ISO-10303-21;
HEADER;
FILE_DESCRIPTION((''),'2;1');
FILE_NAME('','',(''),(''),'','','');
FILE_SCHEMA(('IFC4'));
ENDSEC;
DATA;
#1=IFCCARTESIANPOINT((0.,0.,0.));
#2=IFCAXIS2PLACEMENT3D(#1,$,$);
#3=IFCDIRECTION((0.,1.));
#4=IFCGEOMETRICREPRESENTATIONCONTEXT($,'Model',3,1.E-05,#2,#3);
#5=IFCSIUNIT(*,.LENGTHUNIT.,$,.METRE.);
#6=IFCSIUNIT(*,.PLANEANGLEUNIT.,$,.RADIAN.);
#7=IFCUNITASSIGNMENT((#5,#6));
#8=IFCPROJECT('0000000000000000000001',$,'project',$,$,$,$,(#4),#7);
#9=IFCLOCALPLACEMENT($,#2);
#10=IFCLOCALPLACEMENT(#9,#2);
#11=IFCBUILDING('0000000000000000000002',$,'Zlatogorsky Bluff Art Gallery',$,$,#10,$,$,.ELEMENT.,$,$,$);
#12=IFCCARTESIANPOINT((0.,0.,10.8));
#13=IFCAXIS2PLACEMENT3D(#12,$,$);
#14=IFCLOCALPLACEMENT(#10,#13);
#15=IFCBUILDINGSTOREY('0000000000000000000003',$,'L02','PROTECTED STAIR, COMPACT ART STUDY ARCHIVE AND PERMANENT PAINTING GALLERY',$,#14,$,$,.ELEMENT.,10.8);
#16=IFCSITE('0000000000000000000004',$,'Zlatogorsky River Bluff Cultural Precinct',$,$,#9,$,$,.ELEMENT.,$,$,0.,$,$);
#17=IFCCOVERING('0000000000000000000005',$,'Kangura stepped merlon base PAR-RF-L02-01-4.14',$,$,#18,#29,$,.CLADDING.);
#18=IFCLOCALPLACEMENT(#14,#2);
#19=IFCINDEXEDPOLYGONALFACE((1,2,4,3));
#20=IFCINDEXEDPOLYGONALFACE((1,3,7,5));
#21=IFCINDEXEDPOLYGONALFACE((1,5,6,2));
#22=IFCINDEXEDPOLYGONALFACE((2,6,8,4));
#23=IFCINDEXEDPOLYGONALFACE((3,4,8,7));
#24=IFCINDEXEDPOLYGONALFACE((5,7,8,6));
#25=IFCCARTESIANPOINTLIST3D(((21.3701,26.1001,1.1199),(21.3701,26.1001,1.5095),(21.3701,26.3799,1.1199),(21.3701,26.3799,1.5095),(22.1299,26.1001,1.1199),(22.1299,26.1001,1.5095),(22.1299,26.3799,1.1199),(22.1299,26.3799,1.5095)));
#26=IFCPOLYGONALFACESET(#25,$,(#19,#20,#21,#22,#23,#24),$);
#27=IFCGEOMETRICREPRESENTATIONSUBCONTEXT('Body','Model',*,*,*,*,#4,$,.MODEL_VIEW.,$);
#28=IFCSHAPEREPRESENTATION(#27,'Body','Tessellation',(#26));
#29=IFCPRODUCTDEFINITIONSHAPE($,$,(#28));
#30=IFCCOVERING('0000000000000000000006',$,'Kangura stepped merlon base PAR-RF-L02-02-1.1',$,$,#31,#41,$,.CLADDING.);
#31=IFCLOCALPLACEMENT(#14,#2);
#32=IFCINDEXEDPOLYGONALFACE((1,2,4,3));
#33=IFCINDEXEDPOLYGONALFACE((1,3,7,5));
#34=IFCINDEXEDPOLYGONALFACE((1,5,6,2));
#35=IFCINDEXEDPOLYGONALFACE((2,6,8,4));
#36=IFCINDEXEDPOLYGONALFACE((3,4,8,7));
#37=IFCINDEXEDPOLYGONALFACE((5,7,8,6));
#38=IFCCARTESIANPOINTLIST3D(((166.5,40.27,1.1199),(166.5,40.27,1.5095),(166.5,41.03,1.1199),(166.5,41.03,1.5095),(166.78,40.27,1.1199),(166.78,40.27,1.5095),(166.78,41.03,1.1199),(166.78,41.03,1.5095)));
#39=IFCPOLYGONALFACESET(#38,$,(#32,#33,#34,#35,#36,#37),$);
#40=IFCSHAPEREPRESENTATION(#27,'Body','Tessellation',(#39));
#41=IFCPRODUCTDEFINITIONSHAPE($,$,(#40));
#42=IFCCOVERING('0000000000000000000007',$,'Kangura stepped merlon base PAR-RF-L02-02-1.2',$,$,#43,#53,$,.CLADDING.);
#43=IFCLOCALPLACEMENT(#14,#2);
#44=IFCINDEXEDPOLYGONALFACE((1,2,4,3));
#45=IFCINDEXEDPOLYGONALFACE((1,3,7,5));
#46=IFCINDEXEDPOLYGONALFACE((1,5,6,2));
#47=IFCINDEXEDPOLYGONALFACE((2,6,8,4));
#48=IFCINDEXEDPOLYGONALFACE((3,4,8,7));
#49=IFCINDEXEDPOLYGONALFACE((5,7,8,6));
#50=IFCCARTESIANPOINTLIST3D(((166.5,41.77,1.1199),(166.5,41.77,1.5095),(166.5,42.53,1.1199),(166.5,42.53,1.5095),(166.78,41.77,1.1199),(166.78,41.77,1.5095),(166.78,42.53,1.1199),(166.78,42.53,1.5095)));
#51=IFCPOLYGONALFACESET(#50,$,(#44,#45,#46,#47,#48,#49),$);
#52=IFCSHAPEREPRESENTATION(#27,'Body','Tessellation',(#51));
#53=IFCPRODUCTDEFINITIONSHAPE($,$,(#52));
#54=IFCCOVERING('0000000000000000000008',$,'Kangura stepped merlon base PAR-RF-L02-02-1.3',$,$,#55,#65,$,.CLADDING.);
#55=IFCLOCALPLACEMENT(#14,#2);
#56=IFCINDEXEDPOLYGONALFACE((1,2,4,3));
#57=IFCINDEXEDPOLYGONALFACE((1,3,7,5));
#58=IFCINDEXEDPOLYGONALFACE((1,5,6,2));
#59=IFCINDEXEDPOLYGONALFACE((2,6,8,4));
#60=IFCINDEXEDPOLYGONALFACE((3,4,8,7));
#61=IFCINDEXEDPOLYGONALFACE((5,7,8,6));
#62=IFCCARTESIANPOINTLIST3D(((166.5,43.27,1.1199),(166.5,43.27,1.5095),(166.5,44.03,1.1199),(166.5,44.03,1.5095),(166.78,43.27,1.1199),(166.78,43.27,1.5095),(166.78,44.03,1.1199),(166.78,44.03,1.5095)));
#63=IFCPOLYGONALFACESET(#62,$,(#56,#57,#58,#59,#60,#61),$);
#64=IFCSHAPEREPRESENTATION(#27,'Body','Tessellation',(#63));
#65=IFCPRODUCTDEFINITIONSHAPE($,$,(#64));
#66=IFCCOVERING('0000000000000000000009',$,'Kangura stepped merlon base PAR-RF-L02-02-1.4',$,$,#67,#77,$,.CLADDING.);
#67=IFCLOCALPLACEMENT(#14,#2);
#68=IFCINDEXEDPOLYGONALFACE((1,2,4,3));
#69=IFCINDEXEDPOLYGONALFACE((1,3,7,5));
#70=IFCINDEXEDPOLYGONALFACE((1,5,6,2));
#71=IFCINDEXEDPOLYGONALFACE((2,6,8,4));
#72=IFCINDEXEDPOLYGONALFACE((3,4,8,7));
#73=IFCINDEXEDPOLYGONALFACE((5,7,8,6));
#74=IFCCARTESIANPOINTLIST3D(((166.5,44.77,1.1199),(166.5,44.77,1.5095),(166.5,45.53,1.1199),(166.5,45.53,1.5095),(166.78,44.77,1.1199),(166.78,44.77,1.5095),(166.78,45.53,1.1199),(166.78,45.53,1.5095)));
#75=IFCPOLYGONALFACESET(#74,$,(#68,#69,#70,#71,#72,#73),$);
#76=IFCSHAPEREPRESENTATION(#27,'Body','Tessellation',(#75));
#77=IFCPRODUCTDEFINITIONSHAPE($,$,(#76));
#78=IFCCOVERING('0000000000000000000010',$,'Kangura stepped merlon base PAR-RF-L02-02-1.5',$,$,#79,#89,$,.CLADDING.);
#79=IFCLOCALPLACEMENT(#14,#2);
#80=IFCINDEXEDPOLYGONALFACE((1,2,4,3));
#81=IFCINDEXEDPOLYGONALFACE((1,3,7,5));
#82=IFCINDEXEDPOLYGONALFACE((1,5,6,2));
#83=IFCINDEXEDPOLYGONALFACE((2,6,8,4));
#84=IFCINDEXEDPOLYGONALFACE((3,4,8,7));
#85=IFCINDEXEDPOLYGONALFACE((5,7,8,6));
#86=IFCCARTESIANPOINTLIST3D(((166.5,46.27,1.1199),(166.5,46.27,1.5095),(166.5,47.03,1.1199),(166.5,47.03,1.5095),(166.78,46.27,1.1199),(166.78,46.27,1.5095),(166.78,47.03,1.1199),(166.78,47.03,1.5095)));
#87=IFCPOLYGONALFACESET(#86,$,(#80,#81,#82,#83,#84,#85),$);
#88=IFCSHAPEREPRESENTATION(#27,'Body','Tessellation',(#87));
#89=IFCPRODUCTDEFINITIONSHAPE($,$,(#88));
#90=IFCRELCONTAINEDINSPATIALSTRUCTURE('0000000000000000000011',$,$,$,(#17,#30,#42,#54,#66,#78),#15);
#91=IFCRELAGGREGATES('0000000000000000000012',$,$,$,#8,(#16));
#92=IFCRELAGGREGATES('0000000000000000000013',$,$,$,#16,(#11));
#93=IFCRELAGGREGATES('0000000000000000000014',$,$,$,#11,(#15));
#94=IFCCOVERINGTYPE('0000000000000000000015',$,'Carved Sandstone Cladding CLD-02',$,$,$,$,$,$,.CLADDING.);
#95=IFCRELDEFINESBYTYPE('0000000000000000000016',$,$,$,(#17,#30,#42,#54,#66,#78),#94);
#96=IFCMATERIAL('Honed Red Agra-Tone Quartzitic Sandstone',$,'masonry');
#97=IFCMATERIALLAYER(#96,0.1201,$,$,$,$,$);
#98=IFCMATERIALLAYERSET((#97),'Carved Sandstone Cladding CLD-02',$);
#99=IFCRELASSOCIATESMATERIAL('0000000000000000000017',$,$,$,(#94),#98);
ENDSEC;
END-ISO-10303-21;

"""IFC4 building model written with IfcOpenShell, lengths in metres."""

from ifc_helpers import new_model, si_unit, direction, frame, origin, place, context, subcontext, project, spatial, polyline, outline, extrude, material, layer, layer_set, type_object, element, save


model = new_model("IFC4")

# Units and contexts
model_context = context("Model", 3, precision=1e-05, world=origin(), true_north=direction((0.0, 1.0)))
body_context = subcontext(model_context, "Body", "Model", "MODEL_VIEW")
ifc_project = project(units=[si_unit("LENGTHUNIT", "METRE"), si_unit("PLANEANGLEUNIT", "RADIAN")], contexts=[model_context])

# Site, building, storey
site_placement = place(None, origin())
site = spatial("IfcSite", under=ifc_project, at=site_placement, Name="Zlatogorsky River Bluff Cultural Precinct", CompositionType="ELEMENT", RefElevation=0.0)
building_placement = place(site_placement, origin())
building = spatial("IfcBuilding", under=site, at=building_placement, Name="Zlatogorsky Bluff Art Gallery", CompositionType="ELEMENT")
storey_placement = place(building_placement, frame((0.0, 0.0, 10.8)))
storey = spatial("IfcBuildingStorey", under=building, at=storey_placement, Name="L02", Description="PROTECTED STAIR, COMPACT ART STUDY ARCHIVE AND PERMANENT PAINTING GALLERY", CompositionType="ELEMENT", Elevation=10.8)

# Coverings
ifc_material = material(Name="Honed Red Agra-Tone Quartzitic Sandstone", Category="masonry")
ifc_layer = layer(ifc_material, 0.1201)
ifc_layer_set = layer_set([ifc_layer], Name="Carved Sandstone Cladding CLD-02")
covering_type = type_object("IfcCoveringType", Name="Carved Sandstone Cladding CLD-02", PredefinedType="CLADDING", material=ifc_layer_set)
covering_1_placement = place(storey_placement, frame((0.0, 0.0, 1.1199)))
element("IfcCovering", 1, at=covering_1_placement, inside=storey, type_object=covering_type, Name="Kangura stepped merlon base PAR-RF-L02-01-4.14", PredefinedType="CLADDING", context=body_context, shape_type="SweptSolid", body=[
    extrude(outline(polyline([(21.3701, 26.1001), (22.1299, 26.1001), (22.1299, 26.3799), (21.3701, 26.3799), (21.3701, 26.1001)])), origin(), (0.0, 0.0, 1.0), 0.3896),
])
covering_2_placement = place(storey_placement, frame((0.0, 0.0, 1.1199)))
element("IfcCovering", 2, at=covering_2_placement, inside=storey, type_object=covering_type, Name="Kangura stepped merlon base PAR-RF-L02-02-1.1", PredefinedType="CLADDING", context=body_context, shape_type="SweptSolid", body=[
    extrude(outline(polyline([(166.5, 40.27), (166.5, 41.03), (166.78, 41.03), (166.78, 40.27), (166.5, 40.27)])), origin(), (0.0, 0.0, 1.0), 0.3896),
])
covering_3_placement = place(storey_placement, frame((0.0, 0.0, 1.1199)))
element("IfcCovering", 3, at=covering_3_placement, inside=storey, type_object=covering_type, Name="Kangura stepped merlon base PAR-RF-L02-02-1.2", PredefinedType="CLADDING", context=body_context, shape_type="SweptSolid", body=[
    extrude(outline(polyline([(166.5, 41.77), (166.5, 42.53), (166.78, 42.53), (166.78, 41.77), (166.5, 41.77)])), origin(), (0.0, 0.0, 1.0), 0.3896),
])
covering_4_placement = place(storey_placement, frame((0.0, 0.0, 1.1199)))
element("IfcCovering", 4, at=covering_4_placement, inside=storey, type_object=covering_type, Name="Kangura stepped merlon base PAR-RF-L02-02-1.3", PredefinedType="CLADDING", context=body_context, shape_type="SweptSolid", body=[
    extrude(outline(polyline([(166.5, 43.27), (166.5, 44.03), (166.78, 44.03), (166.78, 43.27), (166.5, 43.27)])), origin(), (0.0, 0.0, 1.0), 0.3896),
])
covering_5_placement = place(storey_placement, frame((0.0, 0.0, 1.1199)))
element("IfcCovering", 5, at=covering_5_placement, inside=storey, type_object=covering_type, Name="Kangura stepped merlon base PAR-RF-L02-02-1.4", PredefinedType="CLADDING", context=body_context, shape_type="SweptSolid", body=[
    extrude(outline(polyline([(166.5, 44.77), (166.5, 45.53), (166.78, 45.53), (166.78, 44.77), (166.5, 44.77)])), origin(), (0.0, 0.0, 1.0), 0.3896),
])
covering_6_placement = place(storey_placement, frame((0.0, 0.0, 1.1199)))
element("IfcCovering", 6, at=covering_6_placement, inside=storey, type_object=covering_type, Name="Kangura stepped merlon base PAR-RF-L02-02-1.5", PredefinedType="CLADDING", context=body_context, shape_type="SweptSolid", body=[
    extrude(outline(polyline([(166.5, 46.27), (166.5, 47.03), (166.78, 47.03), (166.78, 46.27), (166.5, 46.27)])), origin(), (0.0, 0.0, 1.0), 0.3896),
])

save(model, "model.ifc")
